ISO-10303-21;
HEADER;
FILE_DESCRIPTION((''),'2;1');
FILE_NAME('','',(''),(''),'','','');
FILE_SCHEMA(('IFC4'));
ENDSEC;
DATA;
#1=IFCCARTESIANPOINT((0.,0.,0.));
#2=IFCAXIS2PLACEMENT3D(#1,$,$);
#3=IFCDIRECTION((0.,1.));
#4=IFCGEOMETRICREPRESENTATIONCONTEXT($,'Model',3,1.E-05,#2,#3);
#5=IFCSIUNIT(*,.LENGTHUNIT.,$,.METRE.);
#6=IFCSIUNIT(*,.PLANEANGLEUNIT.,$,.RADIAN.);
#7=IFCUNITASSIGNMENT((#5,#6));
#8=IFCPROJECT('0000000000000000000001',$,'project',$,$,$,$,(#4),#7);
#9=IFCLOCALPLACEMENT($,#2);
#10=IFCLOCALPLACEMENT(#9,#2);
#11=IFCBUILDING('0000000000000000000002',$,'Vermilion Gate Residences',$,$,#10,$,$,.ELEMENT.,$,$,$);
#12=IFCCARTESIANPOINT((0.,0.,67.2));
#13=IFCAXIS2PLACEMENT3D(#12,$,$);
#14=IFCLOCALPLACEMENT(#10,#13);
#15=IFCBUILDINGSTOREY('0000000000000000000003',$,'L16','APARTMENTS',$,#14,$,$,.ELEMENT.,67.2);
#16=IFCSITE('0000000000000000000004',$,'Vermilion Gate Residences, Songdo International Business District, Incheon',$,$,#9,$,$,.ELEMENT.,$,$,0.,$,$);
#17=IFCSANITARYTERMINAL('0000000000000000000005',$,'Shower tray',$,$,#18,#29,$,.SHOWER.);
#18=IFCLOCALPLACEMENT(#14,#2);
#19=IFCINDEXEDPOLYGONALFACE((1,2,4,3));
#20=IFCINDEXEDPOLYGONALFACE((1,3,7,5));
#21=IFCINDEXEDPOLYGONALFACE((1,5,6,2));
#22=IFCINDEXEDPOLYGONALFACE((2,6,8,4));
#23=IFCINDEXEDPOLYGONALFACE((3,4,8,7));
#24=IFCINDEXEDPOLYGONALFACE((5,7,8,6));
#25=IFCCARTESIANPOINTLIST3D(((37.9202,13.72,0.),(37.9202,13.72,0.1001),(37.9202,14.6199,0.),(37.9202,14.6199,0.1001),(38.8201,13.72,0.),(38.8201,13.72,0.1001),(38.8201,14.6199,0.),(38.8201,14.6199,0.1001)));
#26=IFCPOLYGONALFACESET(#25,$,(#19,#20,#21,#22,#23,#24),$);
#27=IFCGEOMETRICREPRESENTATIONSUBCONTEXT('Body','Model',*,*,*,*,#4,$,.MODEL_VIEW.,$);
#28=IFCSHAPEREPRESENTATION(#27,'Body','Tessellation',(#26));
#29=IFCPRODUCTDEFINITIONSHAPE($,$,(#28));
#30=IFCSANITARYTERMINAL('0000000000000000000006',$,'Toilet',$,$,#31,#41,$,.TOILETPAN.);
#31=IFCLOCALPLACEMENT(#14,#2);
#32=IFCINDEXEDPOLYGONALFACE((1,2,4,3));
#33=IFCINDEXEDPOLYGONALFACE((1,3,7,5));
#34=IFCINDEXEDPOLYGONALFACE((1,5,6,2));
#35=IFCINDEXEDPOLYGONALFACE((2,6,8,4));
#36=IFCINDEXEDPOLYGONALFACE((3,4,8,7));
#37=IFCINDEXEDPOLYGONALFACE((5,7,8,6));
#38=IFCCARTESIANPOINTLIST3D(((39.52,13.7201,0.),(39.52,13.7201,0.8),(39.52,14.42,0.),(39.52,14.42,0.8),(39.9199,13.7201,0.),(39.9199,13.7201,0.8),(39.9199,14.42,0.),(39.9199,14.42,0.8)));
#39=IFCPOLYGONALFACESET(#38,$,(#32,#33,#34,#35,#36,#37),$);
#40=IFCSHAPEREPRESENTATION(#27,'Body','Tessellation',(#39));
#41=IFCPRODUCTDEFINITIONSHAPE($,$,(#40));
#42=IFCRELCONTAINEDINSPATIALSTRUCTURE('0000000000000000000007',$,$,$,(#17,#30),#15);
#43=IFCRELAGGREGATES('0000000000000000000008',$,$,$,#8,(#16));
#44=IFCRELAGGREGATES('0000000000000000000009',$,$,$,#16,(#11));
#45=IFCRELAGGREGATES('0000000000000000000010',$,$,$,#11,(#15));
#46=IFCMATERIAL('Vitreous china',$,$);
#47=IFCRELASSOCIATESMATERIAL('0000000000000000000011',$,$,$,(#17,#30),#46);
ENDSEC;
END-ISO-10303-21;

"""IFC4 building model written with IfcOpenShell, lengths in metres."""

from ifc_helpers import new_model, si_unit, direction, frame, origin, origin_2d, place, context, subcontext, project, spatial, rectangle, extrude, material, element, save


model = new_model("IFC4")

# Units and contexts
model_context = context("Model", 3, precision=1e-05, world=origin(), true_north=direction((0.0, 1.0)))
body_context = subcontext(model_context, "Body", "Model", "MODEL_VIEW")
ifc_project = project(units=[si_unit("LENGTHUNIT", "METRE"), si_unit("PLANEANGLEUNIT", "RADIAN")], contexts=[model_context])

# Site, building, storey
site_placement = place(None, origin())
site = spatial("IfcSite", under=ifc_project, at=site_placement, Name="Vermilion Gate Residences, Songdo International Business District, Incheon", CompositionType="ELEMENT", RefElevation=0.0)
building_placement = place(site_placement, origin())
building = spatial("IfcBuilding", under=site, at=building_placement, Name="Vermilion Gate Residences", CompositionType="ELEMENT")
storey_placement = place(building_placement, frame((0.0, 0.0, 67.2)))
storey = spatial("IfcBuildingStorey", under=building, at=storey_placement, Name="L16", Description="APARTMENTS", CompositionType="ELEMENT", Elevation=67.2)

# Sanitary terminals
ifc_material_1 = material(Name="Vitreous china")
sanitary_terminal_1_placement = place(storey_placement, frame((38.3701, 14.1699, 0.0), z_axis=(0.0, 0.0, 1.0), x_axis=(1.0, 0.0, 0.0)))
element("IfcSanitaryTerminal", 1, at=sanitary_terminal_1_placement, inside=storey, material=ifc_material_1, Name="Shower tray", PredefinedType="SHOWER", context=body_context, shape_type="SweptSolid", body=[
    extrude(rectangle(XDim=0.8999, YDim=0.8999, at=origin_2d()), origin(), (0.0, 0.0, 1.0), 0.1001),
])
sanitary_terminal_2_placement = place(storey_placement, frame((39.72, 14.0701, 0.0), z_axis=(0.0, 0.0, 1.0), x_axis=(1.0, 0.0, 0.0)))
element("IfcSanitaryTerminal", 2, at=sanitary_terminal_2_placement, inside=storey, material=ifc_material_1, Name="Toilet", PredefinedType="TOILETPAN", context=body_context, shape_type="SweptSolid", body=[
    extrude(rectangle(XDim=0.3999, YDim=0.7, at=origin_2d()), origin(), (0.0, 0.0, 1.0), 0.8),
])

save(model, "model.ifc")
